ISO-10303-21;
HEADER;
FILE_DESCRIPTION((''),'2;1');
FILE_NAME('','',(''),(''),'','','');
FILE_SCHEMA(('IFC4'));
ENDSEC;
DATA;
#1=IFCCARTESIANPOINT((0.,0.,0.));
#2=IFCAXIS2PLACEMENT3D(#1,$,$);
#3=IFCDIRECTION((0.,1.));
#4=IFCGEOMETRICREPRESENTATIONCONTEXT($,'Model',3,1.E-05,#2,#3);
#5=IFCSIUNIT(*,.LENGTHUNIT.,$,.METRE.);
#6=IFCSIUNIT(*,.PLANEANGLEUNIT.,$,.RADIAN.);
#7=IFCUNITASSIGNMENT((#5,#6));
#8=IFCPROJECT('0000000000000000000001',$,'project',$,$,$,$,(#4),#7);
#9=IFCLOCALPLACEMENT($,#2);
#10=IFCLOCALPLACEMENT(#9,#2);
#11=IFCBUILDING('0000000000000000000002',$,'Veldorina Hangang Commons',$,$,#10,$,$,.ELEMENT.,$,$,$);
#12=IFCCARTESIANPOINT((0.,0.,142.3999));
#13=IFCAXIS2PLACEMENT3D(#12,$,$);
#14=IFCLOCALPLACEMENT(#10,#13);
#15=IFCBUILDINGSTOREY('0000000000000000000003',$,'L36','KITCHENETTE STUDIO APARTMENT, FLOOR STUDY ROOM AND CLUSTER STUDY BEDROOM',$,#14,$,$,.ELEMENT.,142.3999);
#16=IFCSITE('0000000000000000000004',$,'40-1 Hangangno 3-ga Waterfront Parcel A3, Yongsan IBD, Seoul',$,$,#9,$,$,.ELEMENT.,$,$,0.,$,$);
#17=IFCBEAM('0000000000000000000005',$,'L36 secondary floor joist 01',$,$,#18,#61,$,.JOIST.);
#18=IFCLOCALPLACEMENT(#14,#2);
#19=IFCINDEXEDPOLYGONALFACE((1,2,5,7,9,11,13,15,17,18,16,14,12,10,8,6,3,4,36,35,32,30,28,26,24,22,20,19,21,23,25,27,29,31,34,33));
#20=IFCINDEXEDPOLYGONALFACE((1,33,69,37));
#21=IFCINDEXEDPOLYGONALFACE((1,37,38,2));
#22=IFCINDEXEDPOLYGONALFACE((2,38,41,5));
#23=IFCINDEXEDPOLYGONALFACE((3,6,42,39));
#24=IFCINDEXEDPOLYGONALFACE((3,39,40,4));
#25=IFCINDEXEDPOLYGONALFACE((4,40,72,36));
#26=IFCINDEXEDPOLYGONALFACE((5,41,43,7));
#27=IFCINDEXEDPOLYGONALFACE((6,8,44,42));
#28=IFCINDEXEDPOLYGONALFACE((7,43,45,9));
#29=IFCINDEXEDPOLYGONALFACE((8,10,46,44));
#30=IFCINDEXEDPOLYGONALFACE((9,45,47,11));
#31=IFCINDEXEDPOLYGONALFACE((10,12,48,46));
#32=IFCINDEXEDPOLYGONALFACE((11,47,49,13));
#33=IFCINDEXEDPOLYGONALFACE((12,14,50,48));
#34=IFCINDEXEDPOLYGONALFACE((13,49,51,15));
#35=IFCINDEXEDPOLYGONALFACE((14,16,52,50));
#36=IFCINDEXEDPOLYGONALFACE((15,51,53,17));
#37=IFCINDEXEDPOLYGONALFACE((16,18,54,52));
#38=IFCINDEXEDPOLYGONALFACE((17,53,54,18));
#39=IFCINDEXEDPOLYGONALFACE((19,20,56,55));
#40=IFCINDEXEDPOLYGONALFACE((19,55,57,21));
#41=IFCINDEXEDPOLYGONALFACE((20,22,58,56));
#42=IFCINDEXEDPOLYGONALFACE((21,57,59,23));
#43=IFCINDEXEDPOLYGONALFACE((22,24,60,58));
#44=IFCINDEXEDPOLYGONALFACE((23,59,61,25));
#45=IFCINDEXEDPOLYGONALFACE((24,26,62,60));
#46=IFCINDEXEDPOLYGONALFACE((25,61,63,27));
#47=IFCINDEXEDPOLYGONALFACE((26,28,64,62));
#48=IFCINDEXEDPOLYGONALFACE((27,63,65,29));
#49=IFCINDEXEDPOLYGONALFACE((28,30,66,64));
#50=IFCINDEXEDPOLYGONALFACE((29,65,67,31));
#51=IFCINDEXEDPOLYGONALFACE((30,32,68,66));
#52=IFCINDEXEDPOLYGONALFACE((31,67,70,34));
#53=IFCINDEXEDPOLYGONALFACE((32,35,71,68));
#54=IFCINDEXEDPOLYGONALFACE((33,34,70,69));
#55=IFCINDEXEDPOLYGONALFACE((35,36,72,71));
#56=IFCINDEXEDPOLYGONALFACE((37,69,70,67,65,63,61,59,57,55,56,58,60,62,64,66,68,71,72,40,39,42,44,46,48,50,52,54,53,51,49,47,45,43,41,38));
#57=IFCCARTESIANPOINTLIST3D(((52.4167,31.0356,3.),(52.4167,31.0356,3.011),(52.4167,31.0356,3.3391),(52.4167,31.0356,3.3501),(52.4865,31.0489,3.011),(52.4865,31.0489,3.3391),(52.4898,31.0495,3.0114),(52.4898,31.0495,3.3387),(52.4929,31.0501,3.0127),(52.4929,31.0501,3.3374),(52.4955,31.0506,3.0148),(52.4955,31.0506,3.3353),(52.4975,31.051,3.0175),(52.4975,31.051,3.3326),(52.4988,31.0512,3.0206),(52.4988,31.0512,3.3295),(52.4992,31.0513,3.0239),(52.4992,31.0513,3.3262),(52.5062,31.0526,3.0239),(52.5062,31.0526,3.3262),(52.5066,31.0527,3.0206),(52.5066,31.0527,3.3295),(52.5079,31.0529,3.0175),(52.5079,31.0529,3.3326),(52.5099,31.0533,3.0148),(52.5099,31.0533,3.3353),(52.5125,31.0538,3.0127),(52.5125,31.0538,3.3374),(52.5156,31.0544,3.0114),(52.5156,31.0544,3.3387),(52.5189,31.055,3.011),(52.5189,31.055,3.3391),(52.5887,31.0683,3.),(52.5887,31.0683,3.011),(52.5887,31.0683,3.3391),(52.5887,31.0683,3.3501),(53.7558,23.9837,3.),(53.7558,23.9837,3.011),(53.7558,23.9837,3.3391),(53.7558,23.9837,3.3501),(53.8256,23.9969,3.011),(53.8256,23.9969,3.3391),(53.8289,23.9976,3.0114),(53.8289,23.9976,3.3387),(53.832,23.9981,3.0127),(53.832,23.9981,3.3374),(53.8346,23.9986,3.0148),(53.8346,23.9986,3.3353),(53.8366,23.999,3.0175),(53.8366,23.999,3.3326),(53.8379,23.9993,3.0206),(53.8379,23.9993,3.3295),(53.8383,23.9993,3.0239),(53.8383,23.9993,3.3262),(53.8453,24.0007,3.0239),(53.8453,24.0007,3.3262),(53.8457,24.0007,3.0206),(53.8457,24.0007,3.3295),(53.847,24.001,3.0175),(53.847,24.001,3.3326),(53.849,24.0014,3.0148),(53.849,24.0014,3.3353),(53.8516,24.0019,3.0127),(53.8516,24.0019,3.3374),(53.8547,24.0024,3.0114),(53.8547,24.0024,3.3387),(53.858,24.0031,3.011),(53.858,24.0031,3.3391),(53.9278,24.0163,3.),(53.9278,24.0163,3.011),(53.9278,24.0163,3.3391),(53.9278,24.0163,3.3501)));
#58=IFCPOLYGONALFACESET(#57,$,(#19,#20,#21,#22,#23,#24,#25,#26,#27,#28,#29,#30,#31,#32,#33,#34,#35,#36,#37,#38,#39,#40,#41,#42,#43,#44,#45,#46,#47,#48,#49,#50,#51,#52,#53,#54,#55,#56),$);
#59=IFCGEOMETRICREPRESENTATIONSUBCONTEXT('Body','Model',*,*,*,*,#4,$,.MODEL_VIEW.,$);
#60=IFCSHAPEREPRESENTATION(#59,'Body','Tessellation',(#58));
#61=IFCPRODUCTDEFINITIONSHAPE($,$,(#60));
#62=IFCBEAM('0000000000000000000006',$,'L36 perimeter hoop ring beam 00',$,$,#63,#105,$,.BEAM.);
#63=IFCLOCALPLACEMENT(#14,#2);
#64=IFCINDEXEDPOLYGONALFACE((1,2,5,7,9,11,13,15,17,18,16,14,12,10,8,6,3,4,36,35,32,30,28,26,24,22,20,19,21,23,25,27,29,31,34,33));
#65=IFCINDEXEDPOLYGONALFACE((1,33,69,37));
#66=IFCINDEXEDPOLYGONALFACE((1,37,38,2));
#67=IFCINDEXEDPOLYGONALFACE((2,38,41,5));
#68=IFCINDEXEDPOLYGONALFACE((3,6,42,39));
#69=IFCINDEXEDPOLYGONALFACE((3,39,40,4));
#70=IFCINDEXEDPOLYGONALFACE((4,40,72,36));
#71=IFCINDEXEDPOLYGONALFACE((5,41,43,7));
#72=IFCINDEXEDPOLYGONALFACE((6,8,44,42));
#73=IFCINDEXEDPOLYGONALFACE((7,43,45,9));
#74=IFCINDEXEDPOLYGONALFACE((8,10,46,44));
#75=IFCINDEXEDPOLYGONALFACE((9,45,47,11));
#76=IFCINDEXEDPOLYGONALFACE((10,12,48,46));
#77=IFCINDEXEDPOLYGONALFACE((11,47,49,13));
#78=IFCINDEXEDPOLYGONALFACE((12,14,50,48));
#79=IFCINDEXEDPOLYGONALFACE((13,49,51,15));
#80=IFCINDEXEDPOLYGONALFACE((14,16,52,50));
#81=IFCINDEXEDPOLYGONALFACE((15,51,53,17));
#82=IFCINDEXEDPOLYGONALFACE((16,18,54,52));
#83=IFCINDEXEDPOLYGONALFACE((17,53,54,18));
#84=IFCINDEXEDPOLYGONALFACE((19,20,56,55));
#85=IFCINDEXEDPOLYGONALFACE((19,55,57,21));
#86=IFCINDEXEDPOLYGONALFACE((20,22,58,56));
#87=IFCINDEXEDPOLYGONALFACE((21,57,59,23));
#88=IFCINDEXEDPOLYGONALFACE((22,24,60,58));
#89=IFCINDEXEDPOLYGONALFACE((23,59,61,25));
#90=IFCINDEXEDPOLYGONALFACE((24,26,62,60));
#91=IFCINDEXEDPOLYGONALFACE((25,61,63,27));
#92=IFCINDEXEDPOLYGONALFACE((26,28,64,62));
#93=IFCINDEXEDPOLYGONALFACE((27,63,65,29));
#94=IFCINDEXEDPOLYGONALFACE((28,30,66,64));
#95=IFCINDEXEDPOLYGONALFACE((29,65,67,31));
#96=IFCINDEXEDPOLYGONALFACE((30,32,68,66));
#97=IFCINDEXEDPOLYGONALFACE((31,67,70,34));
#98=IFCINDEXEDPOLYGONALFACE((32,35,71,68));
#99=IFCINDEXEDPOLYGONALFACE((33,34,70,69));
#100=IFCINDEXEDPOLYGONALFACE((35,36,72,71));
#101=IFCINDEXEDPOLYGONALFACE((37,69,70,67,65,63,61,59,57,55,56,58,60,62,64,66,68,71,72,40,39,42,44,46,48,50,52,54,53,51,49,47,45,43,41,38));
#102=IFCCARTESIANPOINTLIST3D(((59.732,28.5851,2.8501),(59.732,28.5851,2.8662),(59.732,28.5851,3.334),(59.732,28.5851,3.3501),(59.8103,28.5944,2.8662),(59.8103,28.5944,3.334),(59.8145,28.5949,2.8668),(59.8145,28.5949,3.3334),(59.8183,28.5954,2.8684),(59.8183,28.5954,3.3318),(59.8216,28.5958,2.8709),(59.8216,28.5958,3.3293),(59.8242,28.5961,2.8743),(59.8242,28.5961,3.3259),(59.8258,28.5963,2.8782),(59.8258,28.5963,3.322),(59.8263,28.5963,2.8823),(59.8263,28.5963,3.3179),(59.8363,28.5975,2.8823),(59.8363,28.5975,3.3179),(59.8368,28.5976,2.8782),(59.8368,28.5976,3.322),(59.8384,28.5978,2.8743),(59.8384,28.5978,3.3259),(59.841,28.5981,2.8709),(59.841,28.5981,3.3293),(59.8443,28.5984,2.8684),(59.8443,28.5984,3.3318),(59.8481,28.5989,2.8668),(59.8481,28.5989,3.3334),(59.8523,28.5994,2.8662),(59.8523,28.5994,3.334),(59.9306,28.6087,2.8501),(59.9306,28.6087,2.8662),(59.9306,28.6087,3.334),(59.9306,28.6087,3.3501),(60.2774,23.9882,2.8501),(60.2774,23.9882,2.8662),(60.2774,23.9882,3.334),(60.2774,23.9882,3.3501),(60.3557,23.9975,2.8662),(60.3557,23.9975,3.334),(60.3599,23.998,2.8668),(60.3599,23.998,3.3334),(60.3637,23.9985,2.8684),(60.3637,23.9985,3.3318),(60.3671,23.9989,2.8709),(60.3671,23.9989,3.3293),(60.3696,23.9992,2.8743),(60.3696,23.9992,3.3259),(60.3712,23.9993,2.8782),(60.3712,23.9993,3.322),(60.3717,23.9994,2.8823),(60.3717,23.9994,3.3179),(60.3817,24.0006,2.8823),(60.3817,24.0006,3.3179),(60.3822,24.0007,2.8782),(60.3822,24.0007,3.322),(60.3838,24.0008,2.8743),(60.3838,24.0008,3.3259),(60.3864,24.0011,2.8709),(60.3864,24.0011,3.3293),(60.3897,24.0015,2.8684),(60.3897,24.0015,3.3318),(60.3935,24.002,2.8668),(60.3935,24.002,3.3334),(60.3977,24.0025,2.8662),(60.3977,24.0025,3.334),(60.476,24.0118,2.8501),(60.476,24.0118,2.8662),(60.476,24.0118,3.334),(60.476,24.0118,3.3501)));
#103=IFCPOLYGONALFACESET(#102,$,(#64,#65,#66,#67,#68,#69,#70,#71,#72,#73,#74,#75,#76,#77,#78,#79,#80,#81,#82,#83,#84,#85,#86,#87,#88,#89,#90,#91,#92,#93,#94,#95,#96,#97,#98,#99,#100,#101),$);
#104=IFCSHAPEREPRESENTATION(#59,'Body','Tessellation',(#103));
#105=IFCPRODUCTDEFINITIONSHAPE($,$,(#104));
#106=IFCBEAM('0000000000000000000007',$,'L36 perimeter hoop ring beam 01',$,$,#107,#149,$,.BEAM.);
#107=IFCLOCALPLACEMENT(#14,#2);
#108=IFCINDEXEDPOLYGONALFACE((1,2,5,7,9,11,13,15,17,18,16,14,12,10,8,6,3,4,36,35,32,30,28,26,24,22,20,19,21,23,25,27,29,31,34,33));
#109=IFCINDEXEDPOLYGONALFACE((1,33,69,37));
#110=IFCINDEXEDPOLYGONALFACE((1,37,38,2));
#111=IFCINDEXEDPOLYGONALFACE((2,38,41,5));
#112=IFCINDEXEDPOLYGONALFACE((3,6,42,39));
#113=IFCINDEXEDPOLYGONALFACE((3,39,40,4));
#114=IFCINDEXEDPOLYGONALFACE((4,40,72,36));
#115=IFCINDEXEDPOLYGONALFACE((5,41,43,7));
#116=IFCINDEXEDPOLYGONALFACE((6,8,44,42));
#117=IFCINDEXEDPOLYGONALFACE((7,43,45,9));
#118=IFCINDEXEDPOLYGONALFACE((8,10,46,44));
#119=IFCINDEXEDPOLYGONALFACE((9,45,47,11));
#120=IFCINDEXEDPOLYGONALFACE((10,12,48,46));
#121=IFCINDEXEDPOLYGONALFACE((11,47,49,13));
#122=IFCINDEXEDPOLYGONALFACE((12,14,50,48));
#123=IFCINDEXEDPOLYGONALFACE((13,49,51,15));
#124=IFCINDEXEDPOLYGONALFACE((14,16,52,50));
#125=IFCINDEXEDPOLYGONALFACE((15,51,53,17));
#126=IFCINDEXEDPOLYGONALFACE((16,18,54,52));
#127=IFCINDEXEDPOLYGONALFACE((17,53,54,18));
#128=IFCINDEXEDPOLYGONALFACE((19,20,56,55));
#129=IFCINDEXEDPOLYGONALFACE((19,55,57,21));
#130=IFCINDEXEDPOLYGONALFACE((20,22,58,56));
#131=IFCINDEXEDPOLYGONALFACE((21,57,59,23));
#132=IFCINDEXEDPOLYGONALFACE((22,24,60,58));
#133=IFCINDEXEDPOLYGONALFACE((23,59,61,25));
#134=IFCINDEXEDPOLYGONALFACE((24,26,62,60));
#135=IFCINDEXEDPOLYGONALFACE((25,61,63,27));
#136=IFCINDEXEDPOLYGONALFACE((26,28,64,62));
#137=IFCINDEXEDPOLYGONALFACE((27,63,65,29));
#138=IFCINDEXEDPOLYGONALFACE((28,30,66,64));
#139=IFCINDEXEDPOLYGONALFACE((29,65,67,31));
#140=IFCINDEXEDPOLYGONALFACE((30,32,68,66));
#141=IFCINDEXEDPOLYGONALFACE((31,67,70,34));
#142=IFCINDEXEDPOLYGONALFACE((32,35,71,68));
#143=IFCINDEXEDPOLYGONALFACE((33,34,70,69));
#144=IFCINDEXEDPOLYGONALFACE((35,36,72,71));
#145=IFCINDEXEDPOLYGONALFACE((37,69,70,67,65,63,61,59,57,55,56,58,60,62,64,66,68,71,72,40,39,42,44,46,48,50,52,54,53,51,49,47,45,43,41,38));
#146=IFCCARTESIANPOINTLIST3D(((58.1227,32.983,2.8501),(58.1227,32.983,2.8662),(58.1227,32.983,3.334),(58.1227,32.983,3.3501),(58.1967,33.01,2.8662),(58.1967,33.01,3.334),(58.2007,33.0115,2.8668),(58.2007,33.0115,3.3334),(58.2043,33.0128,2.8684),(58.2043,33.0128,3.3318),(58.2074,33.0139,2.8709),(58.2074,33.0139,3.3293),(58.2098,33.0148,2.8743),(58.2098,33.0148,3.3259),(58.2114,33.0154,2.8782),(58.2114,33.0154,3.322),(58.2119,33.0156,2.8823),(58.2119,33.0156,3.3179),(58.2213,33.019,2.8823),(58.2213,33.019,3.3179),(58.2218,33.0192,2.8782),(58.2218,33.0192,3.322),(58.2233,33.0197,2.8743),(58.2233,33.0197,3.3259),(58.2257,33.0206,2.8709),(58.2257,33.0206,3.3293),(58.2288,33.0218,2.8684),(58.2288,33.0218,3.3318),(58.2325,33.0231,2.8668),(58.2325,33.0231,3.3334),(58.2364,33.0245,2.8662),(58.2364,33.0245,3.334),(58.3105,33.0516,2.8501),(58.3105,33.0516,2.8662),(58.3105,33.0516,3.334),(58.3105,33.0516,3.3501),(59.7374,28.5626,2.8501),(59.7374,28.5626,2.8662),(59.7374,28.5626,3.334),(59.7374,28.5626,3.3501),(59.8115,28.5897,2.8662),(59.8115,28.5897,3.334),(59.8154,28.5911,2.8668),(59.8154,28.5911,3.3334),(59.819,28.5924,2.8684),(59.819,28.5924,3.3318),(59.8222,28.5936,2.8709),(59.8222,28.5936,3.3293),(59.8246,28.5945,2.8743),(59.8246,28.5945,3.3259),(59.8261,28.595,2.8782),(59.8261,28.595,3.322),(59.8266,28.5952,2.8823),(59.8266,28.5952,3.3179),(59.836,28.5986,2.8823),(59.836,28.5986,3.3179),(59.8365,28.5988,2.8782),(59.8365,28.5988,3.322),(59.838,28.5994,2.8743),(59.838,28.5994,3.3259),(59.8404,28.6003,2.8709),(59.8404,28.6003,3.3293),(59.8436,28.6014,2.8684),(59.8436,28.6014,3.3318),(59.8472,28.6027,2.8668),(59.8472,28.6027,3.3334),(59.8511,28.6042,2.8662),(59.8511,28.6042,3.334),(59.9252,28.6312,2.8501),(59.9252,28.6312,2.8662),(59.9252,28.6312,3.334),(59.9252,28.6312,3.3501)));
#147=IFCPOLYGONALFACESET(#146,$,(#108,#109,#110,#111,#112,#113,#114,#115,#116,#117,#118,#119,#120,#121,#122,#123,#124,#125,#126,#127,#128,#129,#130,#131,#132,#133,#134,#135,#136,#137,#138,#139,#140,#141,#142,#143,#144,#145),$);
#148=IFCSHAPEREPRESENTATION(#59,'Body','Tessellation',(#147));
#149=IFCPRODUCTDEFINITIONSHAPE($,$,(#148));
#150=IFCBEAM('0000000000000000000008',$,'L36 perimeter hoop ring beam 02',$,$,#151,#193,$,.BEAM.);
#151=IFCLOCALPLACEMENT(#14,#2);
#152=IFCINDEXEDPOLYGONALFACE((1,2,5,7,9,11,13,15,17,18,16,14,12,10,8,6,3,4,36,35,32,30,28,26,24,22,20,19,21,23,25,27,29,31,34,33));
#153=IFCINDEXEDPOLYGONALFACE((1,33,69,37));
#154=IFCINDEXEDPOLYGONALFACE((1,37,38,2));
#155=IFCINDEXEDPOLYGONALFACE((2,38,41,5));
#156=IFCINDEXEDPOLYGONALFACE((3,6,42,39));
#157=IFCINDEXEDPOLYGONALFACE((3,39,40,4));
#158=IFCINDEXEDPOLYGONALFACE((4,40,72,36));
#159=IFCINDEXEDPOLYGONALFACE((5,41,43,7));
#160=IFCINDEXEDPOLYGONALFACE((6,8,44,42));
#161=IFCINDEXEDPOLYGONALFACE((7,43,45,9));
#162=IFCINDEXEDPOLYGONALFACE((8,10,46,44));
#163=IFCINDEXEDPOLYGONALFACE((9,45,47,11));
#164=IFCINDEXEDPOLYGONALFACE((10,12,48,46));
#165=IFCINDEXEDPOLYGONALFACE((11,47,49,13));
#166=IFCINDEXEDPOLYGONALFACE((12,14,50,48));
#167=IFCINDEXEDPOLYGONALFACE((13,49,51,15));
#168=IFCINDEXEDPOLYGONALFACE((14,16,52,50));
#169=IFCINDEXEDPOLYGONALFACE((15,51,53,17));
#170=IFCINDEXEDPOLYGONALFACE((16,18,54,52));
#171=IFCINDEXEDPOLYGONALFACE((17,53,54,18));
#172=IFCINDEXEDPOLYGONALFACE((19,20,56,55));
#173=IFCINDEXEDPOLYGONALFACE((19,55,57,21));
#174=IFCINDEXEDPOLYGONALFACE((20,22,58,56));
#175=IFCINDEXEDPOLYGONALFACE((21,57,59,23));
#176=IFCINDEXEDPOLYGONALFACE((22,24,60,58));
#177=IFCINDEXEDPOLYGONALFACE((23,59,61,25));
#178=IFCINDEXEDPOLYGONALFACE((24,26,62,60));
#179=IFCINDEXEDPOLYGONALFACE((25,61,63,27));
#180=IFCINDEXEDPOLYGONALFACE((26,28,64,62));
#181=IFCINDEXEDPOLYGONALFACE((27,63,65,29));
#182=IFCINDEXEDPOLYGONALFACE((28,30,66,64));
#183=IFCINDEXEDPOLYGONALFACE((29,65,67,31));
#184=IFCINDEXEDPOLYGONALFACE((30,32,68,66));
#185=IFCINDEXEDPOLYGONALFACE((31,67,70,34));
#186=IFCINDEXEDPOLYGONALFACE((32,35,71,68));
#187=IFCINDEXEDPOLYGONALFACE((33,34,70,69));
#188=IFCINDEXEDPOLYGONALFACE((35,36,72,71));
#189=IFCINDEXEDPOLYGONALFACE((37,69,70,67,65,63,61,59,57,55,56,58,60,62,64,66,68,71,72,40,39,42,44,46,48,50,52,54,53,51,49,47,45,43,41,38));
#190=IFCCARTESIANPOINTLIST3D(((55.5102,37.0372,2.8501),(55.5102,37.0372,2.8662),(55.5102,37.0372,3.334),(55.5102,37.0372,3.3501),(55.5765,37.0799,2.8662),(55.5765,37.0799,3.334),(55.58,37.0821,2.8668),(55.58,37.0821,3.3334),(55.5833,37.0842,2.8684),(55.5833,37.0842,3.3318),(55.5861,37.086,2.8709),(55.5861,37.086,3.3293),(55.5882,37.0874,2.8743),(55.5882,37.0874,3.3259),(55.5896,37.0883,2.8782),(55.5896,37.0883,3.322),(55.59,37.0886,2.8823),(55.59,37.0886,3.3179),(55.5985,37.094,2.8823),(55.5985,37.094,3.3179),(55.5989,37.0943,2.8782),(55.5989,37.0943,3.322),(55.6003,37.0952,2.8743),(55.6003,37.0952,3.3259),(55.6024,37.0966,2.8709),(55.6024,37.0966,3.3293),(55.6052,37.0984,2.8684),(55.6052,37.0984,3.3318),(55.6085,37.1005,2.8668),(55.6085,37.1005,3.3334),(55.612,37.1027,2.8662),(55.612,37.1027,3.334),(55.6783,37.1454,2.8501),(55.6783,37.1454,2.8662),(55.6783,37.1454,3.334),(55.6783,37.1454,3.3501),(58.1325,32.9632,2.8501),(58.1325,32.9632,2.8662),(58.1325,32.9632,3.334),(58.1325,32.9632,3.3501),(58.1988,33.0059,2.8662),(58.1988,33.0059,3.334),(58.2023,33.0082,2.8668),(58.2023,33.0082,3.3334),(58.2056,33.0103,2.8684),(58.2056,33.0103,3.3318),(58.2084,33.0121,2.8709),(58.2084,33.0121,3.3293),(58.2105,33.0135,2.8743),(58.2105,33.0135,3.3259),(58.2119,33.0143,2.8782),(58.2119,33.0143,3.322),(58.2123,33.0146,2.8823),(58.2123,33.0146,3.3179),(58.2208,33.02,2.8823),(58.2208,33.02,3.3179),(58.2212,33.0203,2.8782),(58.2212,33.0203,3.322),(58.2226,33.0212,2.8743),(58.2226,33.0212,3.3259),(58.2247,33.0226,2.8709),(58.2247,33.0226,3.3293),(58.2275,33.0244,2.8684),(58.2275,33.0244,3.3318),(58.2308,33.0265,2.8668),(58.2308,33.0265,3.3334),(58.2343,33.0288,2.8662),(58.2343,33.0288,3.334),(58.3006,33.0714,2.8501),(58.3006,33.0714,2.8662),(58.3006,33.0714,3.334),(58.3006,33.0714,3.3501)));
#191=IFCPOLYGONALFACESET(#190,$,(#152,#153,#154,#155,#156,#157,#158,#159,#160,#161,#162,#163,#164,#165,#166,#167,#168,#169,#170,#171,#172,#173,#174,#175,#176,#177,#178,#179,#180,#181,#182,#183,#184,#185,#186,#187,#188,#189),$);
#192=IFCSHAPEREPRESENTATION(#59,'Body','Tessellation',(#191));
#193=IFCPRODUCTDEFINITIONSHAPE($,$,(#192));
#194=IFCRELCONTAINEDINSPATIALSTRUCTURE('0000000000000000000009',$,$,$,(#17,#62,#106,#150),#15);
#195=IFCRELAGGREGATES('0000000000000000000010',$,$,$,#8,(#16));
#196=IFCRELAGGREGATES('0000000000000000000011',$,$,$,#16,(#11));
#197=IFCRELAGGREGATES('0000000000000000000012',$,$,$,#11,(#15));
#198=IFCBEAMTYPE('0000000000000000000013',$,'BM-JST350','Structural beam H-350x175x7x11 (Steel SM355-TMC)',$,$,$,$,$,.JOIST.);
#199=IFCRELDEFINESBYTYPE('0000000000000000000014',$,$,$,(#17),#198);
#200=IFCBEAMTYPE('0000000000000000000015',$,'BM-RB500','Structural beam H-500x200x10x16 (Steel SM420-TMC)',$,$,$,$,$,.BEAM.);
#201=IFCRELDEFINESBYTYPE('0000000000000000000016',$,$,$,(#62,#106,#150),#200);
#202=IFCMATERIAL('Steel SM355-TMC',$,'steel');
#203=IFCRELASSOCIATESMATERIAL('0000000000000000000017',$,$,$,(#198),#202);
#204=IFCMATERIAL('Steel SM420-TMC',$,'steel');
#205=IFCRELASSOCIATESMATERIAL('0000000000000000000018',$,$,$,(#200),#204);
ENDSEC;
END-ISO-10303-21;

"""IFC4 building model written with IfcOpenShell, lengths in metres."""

from ifc_helpers import new_model, si_unit, direction, frame, origin, origin_2d, place, context, subcontext, project, spatial, i_section, extrude, material, material_profile, profile_set, type_object, element, save


model = new_model("IFC4")

# Units and contexts
model_context = context("Model", 3, precision=1e-05, world=origin(), true_north=direction((0.0, 1.0)))
body_context = subcontext(model_context, "Body", "Model", "MODEL_VIEW")
ifc_project = project(units=[si_unit("LENGTHUNIT", "METRE"), si_unit("PLANEANGLEUNIT", "RADIAN")], contexts=[model_context])

# Site, building, storey
site_placement = place(None, origin())
site = spatial("IfcSite", under=ifc_project, at=site_placement, Name="40-1 Hangangno 3-ga Waterfront Parcel A3, Yongsan IBD, Seoul", CompositionType="ELEMENT", RefElevation=0.0)
building_placement = place(site_placement, origin())
building = spatial("IfcBuilding", under=site, at=building_placement, Name="Veldorina Hangang Commons", CompositionType="ELEMENT")
storey_placement = place(building_placement, frame((0.0, 0.0, 142.3999)))
storey = spatial("IfcBuildingStorey", under=building, at=storey_placement, Name="L36", Description="KITCHENETTE STUDIO APARTMENT, FLOOR STUDY ROOM AND CLUSTER STUDY BEDROOM", CompositionType="ELEMENT", Elevation=142.3999)

# Beams
ifc_material_1 = material(Name="Steel SM355-TMC", Category="steel")
ifc_material_profile_1 = material_profile(ifc_material_1, i_section(OverallWidth=0.175, OverallDepth=0.3501, WebThickness=0.0071, FlangeThickness=0.011, FilletRadius=0.0129, at=origin_2d()), Name="H-350x175x7x11")
ifc_profile_set_1 = profile_set([ifc_material_profile_1], Name="Steel SM355-TMC")
beam_type_1 = type_object("IfcBeamType", Name="BM-JST350", Description="Structural beam H-350x175x7x11 (Steel SM355-TMC)", PredefinedType="JOIST", material=ifc_profile_set_1)
beam_1_placement = place(storey_placement, frame((53.8418, 24.0, 3.175), z_axis=(-0.186557, 0.982444, 0.0), x_axis=(-0.982444, -0.186557, 0.0)))
element("IfcBeam", 1, at=beam_1_placement, inside=storey, type_object=beam_type_1, Name="L36 secondary floor joist 01", PredefinedType="JOIST", context=body_context, shape_type="SweptSolid", body=[
    extrude(i_section(OverallWidth=0.175, OverallDepth=0.3501, WebThickness=0.0071, FlangeThickness=0.011, FilletRadius=0.0129, at=origin_2d()), origin(), (0.0, 0.0, 1.0), 7.178),
])
ifc_material_2 = material(Name="Steel SM420-TMC", Category="steel")
ifc_material_profile_2 = material_profile(ifc_material_2, i_section(OverallWidth=0.2, OverallDepth=0.5, WebThickness=0.01, FlangeThickness=0.0161, FilletRadius=0.0161, at=origin_2d()), Name="H-500x200x10x16")
ifc_profile_set_2 = profile_set([ifc_material_profile_2], Name="Steel SM420-TMC")
beam_type_2 = type_object("IfcBeamType", Name="BM-RB500", Description="Structural beam H-500x200x10x16 (Steel SM420-TMC)", PredefinedType="BEAM", material=ifc_profile_set_2)
beam_2_placement = place(storey_placement, frame((60.3767, 24.0, 3.1001), z_axis=(-0.11782, 0.993035, 0.0), x_axis=(-0.993035, -0.11782, 0.0)))
element("IfcBeam", 2, at=beam_2_placement, inside=storey, type_object=beam_type_2, Name="L36 perimeter hoop ring beam 00", PredefinedType="BEAM", context=body_context, shape_type="SweptSolid", body=[
    extrude(i_section(OverallWidth=0.2, OverallDepth=0.5, WebThickness=0.01, FlangeThickness=0.0161, FilletRadius=0.0161, at=origin_2d()), origin(), (0.0, 0.0, 1.0), 4.6292),
])
beam_3_placement = place(storey_placement, frame((59.8313, 28.5969, 3.1001), z_axis=(-0.343117, 0.939293, 0.0), x_axis=(-0.939293, -0.343117, 0.0)))
element("IfcBeam", 3, at=beam_3_placement, inside=storey, type_object=beam_type_2, Name="L36 perimeter hoop ring beam 01", PredefinedType="BEAM", context=body_context, shape_type="SweptSolid", body=[
    extrude(i_section(OverallWidth=0.2, OverallDepth=0.5, WebThickness=0.01, FlangeThickness=0.0161, FilletRadius=0.0161, at=origin_2d()), origin(), (0.0, 0.0, 1.0), 4.7061),
])
beam_4_placement = place(storey_placement, frame((58.2166, 33.0173, 3.1001), z_axis=(-0.541244, 0.840866, 0.0), x_axis=(-0.840866, -0.541244, 0.0)))
element("IfcBeam", 4, at=beam_4_placement, inside=storey, type_object=beam_type_2, Name="L36 perimeter hoop ring beam 02", PredefinedType="BEAM", context=body_context, shape_type="SweptSolid", body=[
    extrude(i_section(OverallWidth=0.2, OverallDepth=0.5, WebThickness=0.01, FlangeThickness=0.0161, FilletRadius=0.0161, at=origin_2d()), origin(), (0.0, 0.0, 1.0), 4.845),
])

save(model, "model.ifc")
